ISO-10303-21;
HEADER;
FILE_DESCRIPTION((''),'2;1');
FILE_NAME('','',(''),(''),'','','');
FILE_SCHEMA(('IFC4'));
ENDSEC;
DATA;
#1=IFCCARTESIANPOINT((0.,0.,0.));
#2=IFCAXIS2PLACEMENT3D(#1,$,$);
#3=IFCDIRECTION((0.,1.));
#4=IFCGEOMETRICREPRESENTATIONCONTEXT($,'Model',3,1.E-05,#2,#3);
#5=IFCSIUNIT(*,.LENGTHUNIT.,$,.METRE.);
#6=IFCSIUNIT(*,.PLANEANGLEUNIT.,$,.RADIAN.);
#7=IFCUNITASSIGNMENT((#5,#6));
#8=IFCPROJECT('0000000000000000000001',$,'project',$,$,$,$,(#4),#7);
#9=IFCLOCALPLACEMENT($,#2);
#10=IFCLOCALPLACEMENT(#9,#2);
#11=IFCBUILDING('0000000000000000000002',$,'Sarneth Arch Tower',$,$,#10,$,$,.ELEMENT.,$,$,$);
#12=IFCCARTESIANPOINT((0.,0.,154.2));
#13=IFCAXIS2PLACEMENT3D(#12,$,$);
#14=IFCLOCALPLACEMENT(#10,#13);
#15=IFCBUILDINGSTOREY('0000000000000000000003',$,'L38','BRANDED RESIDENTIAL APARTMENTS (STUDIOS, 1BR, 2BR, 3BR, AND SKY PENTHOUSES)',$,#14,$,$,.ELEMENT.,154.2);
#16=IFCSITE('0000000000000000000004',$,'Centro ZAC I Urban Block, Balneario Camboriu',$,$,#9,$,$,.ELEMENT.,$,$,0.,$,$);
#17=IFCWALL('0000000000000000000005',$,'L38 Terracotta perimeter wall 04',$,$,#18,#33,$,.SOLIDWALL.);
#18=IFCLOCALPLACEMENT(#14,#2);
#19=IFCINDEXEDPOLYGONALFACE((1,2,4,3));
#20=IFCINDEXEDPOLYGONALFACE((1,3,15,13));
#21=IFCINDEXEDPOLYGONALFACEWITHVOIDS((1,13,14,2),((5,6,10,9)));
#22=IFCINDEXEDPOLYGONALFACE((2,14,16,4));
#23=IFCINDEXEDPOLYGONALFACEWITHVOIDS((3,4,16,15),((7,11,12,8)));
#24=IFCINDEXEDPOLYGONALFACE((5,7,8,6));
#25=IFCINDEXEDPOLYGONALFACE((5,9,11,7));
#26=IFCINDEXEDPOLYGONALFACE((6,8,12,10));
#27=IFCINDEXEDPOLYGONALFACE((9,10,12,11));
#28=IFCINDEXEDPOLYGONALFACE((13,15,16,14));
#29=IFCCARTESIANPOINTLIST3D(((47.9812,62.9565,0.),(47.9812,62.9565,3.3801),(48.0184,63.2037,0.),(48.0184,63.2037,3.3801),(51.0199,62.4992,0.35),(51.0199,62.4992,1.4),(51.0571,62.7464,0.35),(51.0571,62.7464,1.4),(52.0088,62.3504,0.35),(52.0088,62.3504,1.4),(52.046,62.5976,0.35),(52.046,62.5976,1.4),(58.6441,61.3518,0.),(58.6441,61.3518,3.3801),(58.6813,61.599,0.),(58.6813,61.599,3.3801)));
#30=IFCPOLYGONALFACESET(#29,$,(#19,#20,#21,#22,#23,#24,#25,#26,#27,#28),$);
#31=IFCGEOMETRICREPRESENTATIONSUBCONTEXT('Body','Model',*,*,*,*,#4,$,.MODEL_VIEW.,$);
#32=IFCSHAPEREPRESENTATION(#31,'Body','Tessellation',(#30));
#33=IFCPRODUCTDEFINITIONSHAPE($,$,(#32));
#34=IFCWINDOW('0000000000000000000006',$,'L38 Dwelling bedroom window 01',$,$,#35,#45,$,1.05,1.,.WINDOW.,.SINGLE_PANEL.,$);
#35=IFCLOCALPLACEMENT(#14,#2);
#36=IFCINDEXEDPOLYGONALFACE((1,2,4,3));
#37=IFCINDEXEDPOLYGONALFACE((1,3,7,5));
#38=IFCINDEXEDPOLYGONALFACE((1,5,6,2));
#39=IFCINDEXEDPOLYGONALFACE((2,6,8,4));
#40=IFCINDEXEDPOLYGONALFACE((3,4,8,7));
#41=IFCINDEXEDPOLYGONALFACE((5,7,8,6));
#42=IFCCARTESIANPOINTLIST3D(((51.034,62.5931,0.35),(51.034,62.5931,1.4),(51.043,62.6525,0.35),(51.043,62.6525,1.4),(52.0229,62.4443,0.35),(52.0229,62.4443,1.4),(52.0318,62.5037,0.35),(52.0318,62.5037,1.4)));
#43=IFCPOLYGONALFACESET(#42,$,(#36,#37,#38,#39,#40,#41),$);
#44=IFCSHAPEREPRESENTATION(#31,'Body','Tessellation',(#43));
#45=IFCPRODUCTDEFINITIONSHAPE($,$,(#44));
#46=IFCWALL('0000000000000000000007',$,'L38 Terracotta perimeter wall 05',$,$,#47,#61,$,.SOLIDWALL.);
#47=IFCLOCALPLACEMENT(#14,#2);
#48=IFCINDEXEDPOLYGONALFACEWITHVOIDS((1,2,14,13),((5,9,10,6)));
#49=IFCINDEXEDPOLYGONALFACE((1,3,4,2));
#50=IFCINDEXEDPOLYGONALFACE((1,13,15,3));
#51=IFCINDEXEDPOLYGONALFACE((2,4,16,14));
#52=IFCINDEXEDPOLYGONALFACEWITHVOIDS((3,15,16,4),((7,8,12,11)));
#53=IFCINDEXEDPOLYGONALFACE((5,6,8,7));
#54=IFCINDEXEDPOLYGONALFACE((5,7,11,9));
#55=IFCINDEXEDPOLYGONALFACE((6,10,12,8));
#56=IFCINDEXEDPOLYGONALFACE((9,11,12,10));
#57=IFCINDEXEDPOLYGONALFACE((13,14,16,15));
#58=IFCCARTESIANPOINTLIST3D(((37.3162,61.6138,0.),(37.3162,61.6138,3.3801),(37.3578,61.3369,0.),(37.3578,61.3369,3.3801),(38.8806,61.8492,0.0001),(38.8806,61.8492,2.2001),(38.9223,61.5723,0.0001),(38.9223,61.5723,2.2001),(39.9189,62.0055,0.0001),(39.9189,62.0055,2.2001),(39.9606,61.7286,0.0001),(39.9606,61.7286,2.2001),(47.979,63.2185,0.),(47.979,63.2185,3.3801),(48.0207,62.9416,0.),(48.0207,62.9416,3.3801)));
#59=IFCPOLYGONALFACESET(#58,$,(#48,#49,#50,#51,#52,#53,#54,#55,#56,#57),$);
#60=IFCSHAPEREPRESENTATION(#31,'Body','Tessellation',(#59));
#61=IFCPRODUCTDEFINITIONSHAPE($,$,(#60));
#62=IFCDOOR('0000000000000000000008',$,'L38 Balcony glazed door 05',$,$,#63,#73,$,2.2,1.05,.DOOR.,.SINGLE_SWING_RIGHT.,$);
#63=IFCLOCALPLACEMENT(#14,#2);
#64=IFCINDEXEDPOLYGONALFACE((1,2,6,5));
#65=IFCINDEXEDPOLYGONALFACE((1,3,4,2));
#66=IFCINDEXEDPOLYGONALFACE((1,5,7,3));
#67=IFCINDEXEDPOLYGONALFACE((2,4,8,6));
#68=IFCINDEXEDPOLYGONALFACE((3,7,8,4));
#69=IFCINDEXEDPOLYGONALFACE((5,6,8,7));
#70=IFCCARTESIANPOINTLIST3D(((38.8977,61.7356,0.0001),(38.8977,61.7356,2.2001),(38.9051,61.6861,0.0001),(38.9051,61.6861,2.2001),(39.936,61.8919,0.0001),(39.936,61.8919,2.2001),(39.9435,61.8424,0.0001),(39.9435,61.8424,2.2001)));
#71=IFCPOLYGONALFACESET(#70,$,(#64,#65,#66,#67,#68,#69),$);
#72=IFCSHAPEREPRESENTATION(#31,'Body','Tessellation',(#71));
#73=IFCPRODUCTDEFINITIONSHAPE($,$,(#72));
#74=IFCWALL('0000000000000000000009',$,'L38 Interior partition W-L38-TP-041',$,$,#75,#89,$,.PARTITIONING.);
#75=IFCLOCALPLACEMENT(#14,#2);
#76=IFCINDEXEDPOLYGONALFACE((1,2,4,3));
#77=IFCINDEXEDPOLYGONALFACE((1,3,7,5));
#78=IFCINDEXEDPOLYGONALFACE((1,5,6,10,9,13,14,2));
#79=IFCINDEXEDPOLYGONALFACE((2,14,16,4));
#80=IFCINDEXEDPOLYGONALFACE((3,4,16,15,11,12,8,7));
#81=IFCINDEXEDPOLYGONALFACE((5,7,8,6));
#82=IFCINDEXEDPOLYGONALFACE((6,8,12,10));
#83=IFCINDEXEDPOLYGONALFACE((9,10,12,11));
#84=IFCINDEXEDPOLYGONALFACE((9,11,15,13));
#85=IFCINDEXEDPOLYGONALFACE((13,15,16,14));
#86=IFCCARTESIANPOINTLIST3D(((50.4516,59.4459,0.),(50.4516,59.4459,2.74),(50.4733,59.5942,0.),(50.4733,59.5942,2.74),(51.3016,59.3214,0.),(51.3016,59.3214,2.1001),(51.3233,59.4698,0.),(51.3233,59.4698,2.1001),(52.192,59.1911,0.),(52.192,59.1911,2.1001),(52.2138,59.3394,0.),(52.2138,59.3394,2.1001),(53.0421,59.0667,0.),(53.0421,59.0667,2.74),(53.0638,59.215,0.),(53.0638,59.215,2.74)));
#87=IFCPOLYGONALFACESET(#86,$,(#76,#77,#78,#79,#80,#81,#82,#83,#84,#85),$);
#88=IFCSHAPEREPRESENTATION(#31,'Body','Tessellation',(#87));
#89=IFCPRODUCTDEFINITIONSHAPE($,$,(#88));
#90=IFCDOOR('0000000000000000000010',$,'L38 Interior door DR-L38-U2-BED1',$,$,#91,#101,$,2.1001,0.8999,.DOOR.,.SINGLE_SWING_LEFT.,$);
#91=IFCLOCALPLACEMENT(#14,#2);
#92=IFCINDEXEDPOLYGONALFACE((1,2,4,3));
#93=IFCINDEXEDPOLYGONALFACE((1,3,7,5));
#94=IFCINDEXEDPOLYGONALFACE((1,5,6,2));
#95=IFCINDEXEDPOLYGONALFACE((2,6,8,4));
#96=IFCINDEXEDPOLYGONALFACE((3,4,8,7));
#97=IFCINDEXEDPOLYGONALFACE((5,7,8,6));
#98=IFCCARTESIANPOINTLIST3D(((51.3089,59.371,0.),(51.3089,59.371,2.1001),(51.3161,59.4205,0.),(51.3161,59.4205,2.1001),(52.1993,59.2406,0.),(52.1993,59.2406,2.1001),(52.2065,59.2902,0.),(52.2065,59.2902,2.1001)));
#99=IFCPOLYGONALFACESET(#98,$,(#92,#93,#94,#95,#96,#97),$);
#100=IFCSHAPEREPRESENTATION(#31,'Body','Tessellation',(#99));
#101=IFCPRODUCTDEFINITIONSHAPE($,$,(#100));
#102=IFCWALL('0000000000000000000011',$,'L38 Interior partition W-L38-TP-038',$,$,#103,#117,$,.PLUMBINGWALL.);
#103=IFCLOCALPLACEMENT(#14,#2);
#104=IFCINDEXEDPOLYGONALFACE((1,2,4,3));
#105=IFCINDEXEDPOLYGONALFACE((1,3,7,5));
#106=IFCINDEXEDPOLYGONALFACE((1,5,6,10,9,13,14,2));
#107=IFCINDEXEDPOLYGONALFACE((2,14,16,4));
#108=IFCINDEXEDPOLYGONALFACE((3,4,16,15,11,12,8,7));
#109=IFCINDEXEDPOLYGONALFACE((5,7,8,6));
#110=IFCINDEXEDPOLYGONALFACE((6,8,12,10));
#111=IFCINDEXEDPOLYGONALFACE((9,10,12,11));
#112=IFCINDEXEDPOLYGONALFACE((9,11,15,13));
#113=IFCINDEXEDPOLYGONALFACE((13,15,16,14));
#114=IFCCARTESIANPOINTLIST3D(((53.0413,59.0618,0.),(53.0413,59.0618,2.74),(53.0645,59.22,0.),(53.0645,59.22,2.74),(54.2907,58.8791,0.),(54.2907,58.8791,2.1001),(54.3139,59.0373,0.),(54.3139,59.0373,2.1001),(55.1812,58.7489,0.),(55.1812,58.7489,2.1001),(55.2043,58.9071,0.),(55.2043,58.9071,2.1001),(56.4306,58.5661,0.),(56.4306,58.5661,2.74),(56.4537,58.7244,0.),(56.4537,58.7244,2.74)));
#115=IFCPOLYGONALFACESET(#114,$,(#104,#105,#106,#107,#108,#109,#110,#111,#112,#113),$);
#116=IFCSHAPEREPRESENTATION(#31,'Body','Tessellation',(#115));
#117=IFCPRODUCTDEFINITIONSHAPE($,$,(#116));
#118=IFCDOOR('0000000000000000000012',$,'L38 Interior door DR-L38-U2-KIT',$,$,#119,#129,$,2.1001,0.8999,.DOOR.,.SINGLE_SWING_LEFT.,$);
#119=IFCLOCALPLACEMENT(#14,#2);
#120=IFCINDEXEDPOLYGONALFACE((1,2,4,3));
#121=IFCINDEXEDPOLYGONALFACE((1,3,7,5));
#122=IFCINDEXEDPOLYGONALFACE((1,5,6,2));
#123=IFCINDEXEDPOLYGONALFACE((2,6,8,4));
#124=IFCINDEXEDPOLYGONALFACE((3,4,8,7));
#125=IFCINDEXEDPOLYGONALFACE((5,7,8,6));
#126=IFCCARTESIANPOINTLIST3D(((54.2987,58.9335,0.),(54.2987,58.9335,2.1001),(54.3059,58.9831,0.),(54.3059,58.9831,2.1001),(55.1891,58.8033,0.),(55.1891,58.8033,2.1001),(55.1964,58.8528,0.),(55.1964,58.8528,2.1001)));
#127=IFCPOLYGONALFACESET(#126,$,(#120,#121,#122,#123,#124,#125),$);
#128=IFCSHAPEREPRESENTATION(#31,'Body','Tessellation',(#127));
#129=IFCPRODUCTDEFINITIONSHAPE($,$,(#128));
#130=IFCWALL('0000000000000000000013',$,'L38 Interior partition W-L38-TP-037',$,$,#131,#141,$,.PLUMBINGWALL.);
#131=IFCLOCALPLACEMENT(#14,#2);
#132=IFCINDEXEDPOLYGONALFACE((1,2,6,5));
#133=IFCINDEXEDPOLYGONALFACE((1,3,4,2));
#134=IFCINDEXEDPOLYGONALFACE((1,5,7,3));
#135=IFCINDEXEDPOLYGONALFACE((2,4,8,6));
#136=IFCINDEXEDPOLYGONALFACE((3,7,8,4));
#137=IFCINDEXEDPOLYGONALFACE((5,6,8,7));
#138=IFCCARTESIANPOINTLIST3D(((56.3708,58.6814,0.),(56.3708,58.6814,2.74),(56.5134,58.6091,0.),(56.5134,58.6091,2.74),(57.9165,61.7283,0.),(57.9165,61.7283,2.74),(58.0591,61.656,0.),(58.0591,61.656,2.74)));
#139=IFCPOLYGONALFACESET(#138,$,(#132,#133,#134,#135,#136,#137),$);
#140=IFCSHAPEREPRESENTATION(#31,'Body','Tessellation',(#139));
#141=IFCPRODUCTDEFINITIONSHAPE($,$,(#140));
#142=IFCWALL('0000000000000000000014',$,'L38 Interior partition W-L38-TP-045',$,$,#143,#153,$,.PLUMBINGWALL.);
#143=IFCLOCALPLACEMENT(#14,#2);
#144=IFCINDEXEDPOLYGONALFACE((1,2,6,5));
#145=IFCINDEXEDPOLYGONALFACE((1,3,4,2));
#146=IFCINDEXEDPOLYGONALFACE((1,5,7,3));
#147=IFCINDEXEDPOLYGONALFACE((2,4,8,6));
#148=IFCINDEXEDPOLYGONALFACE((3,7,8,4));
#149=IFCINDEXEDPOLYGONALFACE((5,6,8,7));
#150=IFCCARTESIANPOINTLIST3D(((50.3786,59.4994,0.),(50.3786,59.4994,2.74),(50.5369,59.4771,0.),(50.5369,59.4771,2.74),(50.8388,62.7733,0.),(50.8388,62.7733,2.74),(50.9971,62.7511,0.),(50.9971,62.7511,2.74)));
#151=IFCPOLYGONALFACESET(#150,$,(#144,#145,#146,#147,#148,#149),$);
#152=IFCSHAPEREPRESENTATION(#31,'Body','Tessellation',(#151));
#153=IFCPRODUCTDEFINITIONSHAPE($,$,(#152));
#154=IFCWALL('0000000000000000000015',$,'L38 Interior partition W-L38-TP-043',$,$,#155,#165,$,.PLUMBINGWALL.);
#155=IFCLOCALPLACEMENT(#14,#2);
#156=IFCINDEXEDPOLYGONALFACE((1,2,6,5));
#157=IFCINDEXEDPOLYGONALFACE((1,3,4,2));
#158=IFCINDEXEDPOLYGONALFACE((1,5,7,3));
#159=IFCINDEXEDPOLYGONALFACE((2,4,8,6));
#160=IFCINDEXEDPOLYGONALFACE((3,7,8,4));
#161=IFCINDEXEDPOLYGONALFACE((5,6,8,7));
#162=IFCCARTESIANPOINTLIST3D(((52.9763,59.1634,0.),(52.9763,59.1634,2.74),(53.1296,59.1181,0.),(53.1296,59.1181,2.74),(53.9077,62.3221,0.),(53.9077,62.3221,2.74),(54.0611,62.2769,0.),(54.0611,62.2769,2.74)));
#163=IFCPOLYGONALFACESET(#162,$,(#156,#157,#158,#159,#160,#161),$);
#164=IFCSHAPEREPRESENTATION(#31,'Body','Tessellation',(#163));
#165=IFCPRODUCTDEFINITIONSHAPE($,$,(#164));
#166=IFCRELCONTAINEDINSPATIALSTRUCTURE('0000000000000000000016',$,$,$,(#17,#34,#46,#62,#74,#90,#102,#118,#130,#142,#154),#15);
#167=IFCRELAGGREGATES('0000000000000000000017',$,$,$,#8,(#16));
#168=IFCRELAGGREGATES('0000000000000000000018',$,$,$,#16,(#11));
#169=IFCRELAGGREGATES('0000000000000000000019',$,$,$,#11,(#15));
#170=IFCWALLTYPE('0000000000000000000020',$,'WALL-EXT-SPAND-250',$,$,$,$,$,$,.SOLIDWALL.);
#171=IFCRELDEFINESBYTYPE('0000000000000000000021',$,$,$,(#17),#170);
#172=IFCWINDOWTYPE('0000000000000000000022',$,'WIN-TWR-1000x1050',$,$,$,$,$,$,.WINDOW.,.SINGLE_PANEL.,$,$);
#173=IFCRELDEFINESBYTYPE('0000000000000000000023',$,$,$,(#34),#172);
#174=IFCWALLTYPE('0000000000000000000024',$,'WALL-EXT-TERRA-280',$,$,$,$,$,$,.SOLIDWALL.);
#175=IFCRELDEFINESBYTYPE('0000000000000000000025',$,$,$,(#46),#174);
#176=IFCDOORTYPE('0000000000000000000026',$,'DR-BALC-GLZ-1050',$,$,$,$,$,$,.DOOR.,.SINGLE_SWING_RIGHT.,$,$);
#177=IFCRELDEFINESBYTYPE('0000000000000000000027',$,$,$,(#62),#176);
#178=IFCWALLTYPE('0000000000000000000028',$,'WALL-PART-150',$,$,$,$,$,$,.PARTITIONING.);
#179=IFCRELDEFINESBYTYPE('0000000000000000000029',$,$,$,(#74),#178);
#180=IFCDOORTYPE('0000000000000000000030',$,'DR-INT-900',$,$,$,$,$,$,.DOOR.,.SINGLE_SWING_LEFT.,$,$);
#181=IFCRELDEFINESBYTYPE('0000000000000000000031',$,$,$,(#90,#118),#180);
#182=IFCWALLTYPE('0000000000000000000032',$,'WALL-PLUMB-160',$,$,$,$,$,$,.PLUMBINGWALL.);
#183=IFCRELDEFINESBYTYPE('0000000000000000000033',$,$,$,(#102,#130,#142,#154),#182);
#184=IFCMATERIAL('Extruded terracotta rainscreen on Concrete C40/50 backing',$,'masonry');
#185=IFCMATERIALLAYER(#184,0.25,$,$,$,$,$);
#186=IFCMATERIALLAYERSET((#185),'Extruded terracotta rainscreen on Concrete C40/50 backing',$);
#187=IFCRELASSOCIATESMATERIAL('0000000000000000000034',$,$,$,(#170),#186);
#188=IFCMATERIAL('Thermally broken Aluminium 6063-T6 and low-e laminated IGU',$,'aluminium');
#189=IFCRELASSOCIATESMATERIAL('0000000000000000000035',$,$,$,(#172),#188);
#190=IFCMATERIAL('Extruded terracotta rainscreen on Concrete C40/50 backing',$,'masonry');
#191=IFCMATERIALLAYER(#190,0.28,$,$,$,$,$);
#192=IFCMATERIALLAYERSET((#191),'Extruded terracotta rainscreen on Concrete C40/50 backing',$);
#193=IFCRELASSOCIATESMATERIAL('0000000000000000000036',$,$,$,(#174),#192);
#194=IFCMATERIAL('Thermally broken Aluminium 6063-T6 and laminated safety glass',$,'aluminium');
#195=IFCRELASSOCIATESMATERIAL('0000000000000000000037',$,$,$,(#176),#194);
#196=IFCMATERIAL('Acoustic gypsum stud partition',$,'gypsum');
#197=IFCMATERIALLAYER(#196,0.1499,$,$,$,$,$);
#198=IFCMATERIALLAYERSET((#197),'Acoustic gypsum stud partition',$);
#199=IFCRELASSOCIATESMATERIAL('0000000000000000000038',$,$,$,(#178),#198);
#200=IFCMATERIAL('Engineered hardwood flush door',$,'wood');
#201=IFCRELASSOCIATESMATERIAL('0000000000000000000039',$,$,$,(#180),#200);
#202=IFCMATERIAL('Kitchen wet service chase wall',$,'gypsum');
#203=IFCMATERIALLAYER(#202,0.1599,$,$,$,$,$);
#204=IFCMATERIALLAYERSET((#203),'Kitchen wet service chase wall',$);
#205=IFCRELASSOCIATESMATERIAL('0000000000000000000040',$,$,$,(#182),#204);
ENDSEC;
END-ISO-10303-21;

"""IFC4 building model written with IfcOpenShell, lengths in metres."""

from ifc_helpers import new_model, si_unit, direction, frame, frame_2d, origin, place, context, subcontext, project, spatial, rectangle, extrude, material, layer, layer_set, type_object, element, fill, save


model = new_model("IFC4")

# Units and contexts
model_context = context("Model", 3, precision=1e-05, world=origin(), true_north=direction((0.0, 1.0)))
body_context = subcontext(model_context, "Body", "Model", "MODEL_VIEW")
ifc_project = project(units=[si_unit("LENGTHUNIT", "METRE"), si_unit("PLANEANGLEUNIT", "RADIAN")], contexts=[model_context])

# Site, building, storey
site_placement = place(None, origin())
site = spatial("IfcSite", under=ifc_project, at=site_placement, Name="Centro ZAC I Urban Block, Balneario Camboriu", CompositionType="ELEMENT", RefElevation=0.0)
building_placement = place(site_placement, origin())
building = spatial("IfcBuilding", under=site, at=building_placement, Name="Sarneth Arch Tower", CompositionType="ELEMENT")
storey_placement = place(building_placement, frame((0.0, 0.0, 154.2)))
storey = spatial("IfcBuildingStorey", under=building, at=storey_placement, Name="L38", Description="BRANDED RESIDENTIAL APARTMENTS (STUDIOS, 1BR, 2BR, 3BR, AND SKY PENTHOUSES)", CompositionType="ELEMENT", Elevation=154.2)

# Wall, opening, window
ifc_material_1 = material(Name="Extruded terracotta rainscreen on Concrete C40/50 backing", Category="masonry")
ifc_layer_1 = layer(ifc_material_1, 0.25)
ifc_layer_set_1 = layer_set([ifc_layer_1], Name="Extruded terracotta rainscreen on Concrete C40/50 backing")
wall_type_1 = type_object("IfcWallType", Name="WALL-EXT-SPAND-250", PredefinedType="SOLIDWALL", material=ifc_layer_set_1)
wall_1_placement = place(storey_placement, frame((58.6628, 61.4753, 0.0), z_axis=(0.0, 0.0, 1.0), x_axis=(-0.988864, 0.148822, 0.0)))
wall_1 = element("IfcWall", 1, at=wall_1_placement, inside=storey, type_object=wall_type_1, Name="L38 Terracotta perimeter wall 04", PredefinedType="SOLIDWALL", context=body_context, shape_type="SweptSolid", body=[
    extrude(rectangle(XDim=10.783, YDim=0.25, at=frame_2d((5.3916, 0.0))), origin(), (0.0, 0.0, 1.0), 3.3801),
])
opening_1_placement = place(wall_1_placement, frame((6.7102, 0.0, 0.3501)))
opening_1 = element("IfcOpeningElement", 2, at=opening_1_placement, cuts=wall_1, PredefinedType="OPENING", context=body_context, shape_type="SweptSolid", body=[
    extrude(rectangle(XDim=1.0, YDim=1.05, at=frame_2d((0.5, 0.5249))), frame((0.0, 0.135, 0.0), z_axis=(0.0, -1.0, 0.0), x_axis=(1.0, 0.0, 0.0)), (0.0, 0.0, 1.0), 0.27),
])
ifc_material_2 = material(Name="Thermally broken Aluminium 6063-T6 and low-e laminated IGU", Category="aluminium")
window_type = type_object("IfcWindowType", Name="WIN-TWR-1000x1050", PartitioningType="SINGLE_PANEL", PredefinedType="WINDOW", material=ifc_material_2)
window_placement = place(opening_1_placement, origin())
window = element("IfcWindow", 3, at=window_placement, inside=storey, type_object=window_type, Name="L38 Dwelling bedroom window 01", OverallHeight=1.05, OverallWidth=1.0, PartitioningType="SINGLE_PANEL", PredefinedType="WINDOW", context=body_context, shape_type="SweptSolid", body=[
    extrude(rectangle(XDim=1.0, YDim=1.05, at=frame_2d((0.5, 0.5249))), frame((0.0, 0.03, 0.0), z_axis=(0.0, -1.0, 0.0), x_axis=(1.0, 0.0, 0.0)), (0.0, 0.0, 1.0), 0.0601),
])
fill(opening_1, window)

# Walls, openings, doors
ifc_material_3 = material(Name="Extruded terracotta rainscreen on Concrete C40/50 backing", Category="masonry")
ifc_layer_2 = layer(ifc_material_3, 0.28)
ifc_layer_set_2 = layer_set([ifc_layer_2], Name="Extruded terracotta rainscreen on Concrete C40/50 backing")
wall_type_2 = type_object("IfcWallType", Name="WALL-EXT-TERRA-280", PredefinedType="SOLIDWALL", material=ifc_layer_set_2)
wall_2_placement = place(storey_placement, frame((48.0, 63.0801, 0.0), z_axis=(0.0, 0.0, 1.0), x_axis=(-0.988864, -0.148822, 0.0)))
wall_2 = element("IfcWall", 4, at=wall_2_placement, inside=storey, type_object=wall_type_2, Name="L38 Terracotta perimeter wall 05", PredefinedType="SOLIDWALL", context=body_context, shape_type="SweptSolid", body=[
    extrude(rectangle(XDim=10.783, YDim=0.28, at=frame_2d((5.3916, 0.0))), origin(), (0.0, 0.0, 1.0), 3.3801),
])
opening_2_placement = place(wall_2_placement, frame((8.1511, 0.0, 0.0)))
opening_2 = element("IfcOpeningElement", 5, at=opening_2_placement, cuts=wall_2, PredefinedType="OPENING", context=body_context, shape_type="SweptSolid", body=[
    extrude(rectangle(XDim=1.05, YDim=2.2, at=frame_2d((0.5249, 1.1001))), frame((0.0, 0.1499, 0.0), z_axis=(0.0, -1.0, 0.0), x_axis=(1.0, 0.0, 0.0)), (0.0, 0.0, 1.0), 0.3),
])
ifc_material_4 = material(Name="Thermally broken Aluminium 6063-T6 and laminated safety glass", Category="aluminium")
door_type_1 = type_object("IfcDoorType", Name="DR-BALC-GLZ-1050", OperationType="SINGLE_SWING_RIGHT", PredefinedType="DOOR", material=ifc_material_4)
door_1_placement = place(opening_2_placement, origin())
door_1 = element("IfcDoor", 6, at=door_1_placement, inside=storey, type_object=door_type_1, Name="L38 Balcony glazed door 05", OperationType="SINGLE_SWING_RIGHT", OverallHeight=2.2, OverallWidth=1.05, PredefinedType="DOOR", context=body_context, shape_type="SweptSolid", body=[
    extrude(rectangle(XDim=1.05, YDim=2.2, at=frame_2d((0.5249, 1.1001))), frame((0.0, 0.0249, 0.0), z_axis=(0.0, -1.0, 0.0), x_axis=(1.0, 0.0, 0.0)), (0.0, 0.0, 1.0), 0.05),
])
fill(opening_2, door_1)
ifc_material_5 = material(Name="Acoustic gypsum stud partition", Category="gypsum")
ifc_layer_3 = layer(ifc_material_5, 0.1499)
ifc_layer_set_3 = layer_set([ifc_layer_3], Name="Acoustic gypsum stud partition")
wall_type_3 = type_object("IfcWallType", Name="WALL-PART-150", PredefinedType="PARTITIONING", material=ifc_layer_set_3)
wall_3_placement = place(storey_placement, frame((53.053, 59.1409, 0.0), z_axis=(0.0, 0.0, 1.0), x_axis=(-0.989459, 0.144815, 0.0)))
wall_3 = element("IfcWall", 7, at=wall_3_placement, inside=storey, type_object=wall_type_3, Name="L38 Interior partition W-L38-TP-041", PredefinedType="PARTITIONING", context=body_context, shape_type="SweptSolid", body=[
    extrude(rectangle(XDim=2.6182, YDim=0.1499, at=frame_2d((1.3091, 0.0))), origin(), (0.0, 0.0, 1.0), 2.74),
])
opening_3_placement = place(wall_3_placement, frame((0.8591, 0.0, 0.0)))
opening_3 = element("IfcOpeningElement", 8, at=opening_3_placement, cuts=wall_3, PredefinedType="OPENING", context=body_context, shape_type="SweptSolid", body=[
    extrude(rectangle(XDim=0.8999, YDim=2.1001, at=frame_2d((0.45, 1.05))), frame((0.0, 0.085, 0.0), z_axis=(0.0, -1.0, 0.0), x_axis=(1.0, 0.0, 0.0)), (0.0, 0.0, 1.0), 0.1699),
])
ifc_material_6 = material(Name="Engineered hardwood flush door", Category="wood")
door_type_2 = type_object("IfcDoorType", Name="DR-INT-900", OperationType="SINGLE_SWING_LEFT", PredefinedType="DOOR", material=ifc_material_6)
door_2_placement = place(opening_3_placement, origin())
door_2 = element("IfcDoor", 9, at=door_2_placement, inside=storey, type_object=door_type_2, Name="L38 Interior door DR-L38-U2-BED1", OperationType="SINGLE_SWING_LEFT", OverallHeight=2.1001, OverallWidth=0.8999, PredefinedType="DOOR", context=body_context, shape_type="SweptSolid", body=[
    extrude(rectangle(XDim=0.8999, YDim=2.1001, at=frame_2d((0.45, 1.05))), frame((0.0, 0.0249, 0.0), z_axis=(0.0, -1.0, 0.0), x_axis=(1.0, 0.0, 0.0)), (0.0, 0.0, 1.0), 0.05),
])
fill(opening_3, door_2)
ifc_material_7 = material(Name="Kitchen wet service chase wall", Category="gypsum")
ifc_layer_4 = layer(ifc_material_7, 0.1599)
ifc_layer_set_4 = layer_set([ifc_layer_4], Name="Kitchen wet service chase wall")
wall_type_4 = type_object("IfcWallType", Name="WALL-PLUMB-160", PredefinedType="PLUMBINGWALL", material=ifc_layer_set_4)
wall_4_placement = place(storey_placement, frame((56.4421, 58.6453, 0.0), z_axis=(0.0, 0.0, 1.0), x_axis=(-0.989477, 0.144694, 0.0)))
wall_4 = element("IfcWall", 10, at=wall_4_placement, inside=storey, type_object=wall_type_4, Name="L38 Interior partition W-L38-TP-038", PredefinedType="PLUMBINGWALL", context=body_context, shape_type="SweptSolid", body=[
    extrude(rectangle(XDim=3.4253, YDim=0.1599, at=frame_2d((1.7126, 0.0))), origin(), (0.0, 0.0, 1.0), 2.74),
])
opening_4_placement = place(wall_4_placement, frame((1.2627, 0.0, 0.0)))
opening_4 = element("IfcOpeningElement", 11, at=opening_4_placement, cuts=wall_4, PredefinedType="OPENING", context=body_context, shape_type="SweptSolid", body=[
    extrude(rectangle(XDim=0.8999, YDim=2.1001, at=frame_2d((0.45, 1.05))), frame((0.0, 0.0898, 0.0), z_axis=(0.0, -1.0, 0.0), x_axis=(1.0, 0.0, 0.0)), (0.0, 0.0, 1.0), 0.1799),
])
door_3_placement = place(opening_4_placement, origin())
door_3 = element("IfcDoor", 12, at=door_3_placement, inside=storey, type_object=door_type_2, Name="L38 Interior door DR-L38-U2-KIT", OperationType="SINGLE_SWING_LEFT", OverallHeight=2.1001, OverallWidth=0.8999, PredefinedType="DOOR", context=body_context, shape_type="SweptSolid", body=[
    extrude(rectangle(XDim=0.8999, YDim=2.1001, at=frame_2d((0.45, 1.05))), frame((0.0, 0.0249, 0.0), z_axis=(0.0, -1.0, 0.0), x_axis=(1.0, 0.0, 0.0)), (0.0, 0.0, 1.0), 0.05),
])
fill(opening_4, door_3)

# Walls
wall_5_placement = place(storey_placement, frame((57.9878, 61.6921, 0.0), z_axis=(0.0, 0.0, 1.0), x_axis=(-0.452408, -0.891811, 0.0)))
element("IfcWall", 13, at=wall_5_placement, inside=storey, type_object=wall_type_4, Name="L38 Interior partition W-L38-TP-037", PredefinedType="PLUMBINGWALL", context=body_context, shape_type="SweptSolid", body=[
    extrude(rectangle(XDim=3.4165, YDim=0.1599, at=frame_2d((1.7083, 0.0))), origin(), (0.0, 0.0, 1.0), 2.74),
])
wall_6_placement = place(storey_placement, frame((50.918, 62.7622, 0.0), z_axis=(0.0, 0.0, 1.0), x_axis=(-0.139198, -0.990265, 0.0)))
element("IfcWall", 14, at=wall_6_placement, inside=storey, type_object=wall_type_4, Name="L38 Interior partition W-L38-TP-045", PredefinedType="PLUMBINGWALL", context=body_context, shape_type="SweptSolid", body=[
    extrude(rectangle(XDim=3.3062, YDim=0.1599, at=frame_2d((1.6531, 0.0))), origin(), (0.0, 0.0, 1.0), 2.74),
])
wall_7_placement = place(storey_placement, frame((53.053, 59.1409, 0.0), z_axis=(0.0, 0.0, 1.0), x_axis=(0.282829, 0.95917, 0.0)))
element("IfcWall", 15, at=wall_7_placement, inside=storey, type_object=wall_type_4, Name="L38 Interior partition W-L38-TP-043", PredefinedType="PLUMBINGWALL", context=body_context, shape_type="SweptSolid", body=[
    extrude(rectangle(XDim=3.2932, YDim=0.1599, at=frame_2d((1.6465, 0.0))), origin(), (0.0, 0.0, 1.0), 2.74),
])

save(model, "model.ifc")
